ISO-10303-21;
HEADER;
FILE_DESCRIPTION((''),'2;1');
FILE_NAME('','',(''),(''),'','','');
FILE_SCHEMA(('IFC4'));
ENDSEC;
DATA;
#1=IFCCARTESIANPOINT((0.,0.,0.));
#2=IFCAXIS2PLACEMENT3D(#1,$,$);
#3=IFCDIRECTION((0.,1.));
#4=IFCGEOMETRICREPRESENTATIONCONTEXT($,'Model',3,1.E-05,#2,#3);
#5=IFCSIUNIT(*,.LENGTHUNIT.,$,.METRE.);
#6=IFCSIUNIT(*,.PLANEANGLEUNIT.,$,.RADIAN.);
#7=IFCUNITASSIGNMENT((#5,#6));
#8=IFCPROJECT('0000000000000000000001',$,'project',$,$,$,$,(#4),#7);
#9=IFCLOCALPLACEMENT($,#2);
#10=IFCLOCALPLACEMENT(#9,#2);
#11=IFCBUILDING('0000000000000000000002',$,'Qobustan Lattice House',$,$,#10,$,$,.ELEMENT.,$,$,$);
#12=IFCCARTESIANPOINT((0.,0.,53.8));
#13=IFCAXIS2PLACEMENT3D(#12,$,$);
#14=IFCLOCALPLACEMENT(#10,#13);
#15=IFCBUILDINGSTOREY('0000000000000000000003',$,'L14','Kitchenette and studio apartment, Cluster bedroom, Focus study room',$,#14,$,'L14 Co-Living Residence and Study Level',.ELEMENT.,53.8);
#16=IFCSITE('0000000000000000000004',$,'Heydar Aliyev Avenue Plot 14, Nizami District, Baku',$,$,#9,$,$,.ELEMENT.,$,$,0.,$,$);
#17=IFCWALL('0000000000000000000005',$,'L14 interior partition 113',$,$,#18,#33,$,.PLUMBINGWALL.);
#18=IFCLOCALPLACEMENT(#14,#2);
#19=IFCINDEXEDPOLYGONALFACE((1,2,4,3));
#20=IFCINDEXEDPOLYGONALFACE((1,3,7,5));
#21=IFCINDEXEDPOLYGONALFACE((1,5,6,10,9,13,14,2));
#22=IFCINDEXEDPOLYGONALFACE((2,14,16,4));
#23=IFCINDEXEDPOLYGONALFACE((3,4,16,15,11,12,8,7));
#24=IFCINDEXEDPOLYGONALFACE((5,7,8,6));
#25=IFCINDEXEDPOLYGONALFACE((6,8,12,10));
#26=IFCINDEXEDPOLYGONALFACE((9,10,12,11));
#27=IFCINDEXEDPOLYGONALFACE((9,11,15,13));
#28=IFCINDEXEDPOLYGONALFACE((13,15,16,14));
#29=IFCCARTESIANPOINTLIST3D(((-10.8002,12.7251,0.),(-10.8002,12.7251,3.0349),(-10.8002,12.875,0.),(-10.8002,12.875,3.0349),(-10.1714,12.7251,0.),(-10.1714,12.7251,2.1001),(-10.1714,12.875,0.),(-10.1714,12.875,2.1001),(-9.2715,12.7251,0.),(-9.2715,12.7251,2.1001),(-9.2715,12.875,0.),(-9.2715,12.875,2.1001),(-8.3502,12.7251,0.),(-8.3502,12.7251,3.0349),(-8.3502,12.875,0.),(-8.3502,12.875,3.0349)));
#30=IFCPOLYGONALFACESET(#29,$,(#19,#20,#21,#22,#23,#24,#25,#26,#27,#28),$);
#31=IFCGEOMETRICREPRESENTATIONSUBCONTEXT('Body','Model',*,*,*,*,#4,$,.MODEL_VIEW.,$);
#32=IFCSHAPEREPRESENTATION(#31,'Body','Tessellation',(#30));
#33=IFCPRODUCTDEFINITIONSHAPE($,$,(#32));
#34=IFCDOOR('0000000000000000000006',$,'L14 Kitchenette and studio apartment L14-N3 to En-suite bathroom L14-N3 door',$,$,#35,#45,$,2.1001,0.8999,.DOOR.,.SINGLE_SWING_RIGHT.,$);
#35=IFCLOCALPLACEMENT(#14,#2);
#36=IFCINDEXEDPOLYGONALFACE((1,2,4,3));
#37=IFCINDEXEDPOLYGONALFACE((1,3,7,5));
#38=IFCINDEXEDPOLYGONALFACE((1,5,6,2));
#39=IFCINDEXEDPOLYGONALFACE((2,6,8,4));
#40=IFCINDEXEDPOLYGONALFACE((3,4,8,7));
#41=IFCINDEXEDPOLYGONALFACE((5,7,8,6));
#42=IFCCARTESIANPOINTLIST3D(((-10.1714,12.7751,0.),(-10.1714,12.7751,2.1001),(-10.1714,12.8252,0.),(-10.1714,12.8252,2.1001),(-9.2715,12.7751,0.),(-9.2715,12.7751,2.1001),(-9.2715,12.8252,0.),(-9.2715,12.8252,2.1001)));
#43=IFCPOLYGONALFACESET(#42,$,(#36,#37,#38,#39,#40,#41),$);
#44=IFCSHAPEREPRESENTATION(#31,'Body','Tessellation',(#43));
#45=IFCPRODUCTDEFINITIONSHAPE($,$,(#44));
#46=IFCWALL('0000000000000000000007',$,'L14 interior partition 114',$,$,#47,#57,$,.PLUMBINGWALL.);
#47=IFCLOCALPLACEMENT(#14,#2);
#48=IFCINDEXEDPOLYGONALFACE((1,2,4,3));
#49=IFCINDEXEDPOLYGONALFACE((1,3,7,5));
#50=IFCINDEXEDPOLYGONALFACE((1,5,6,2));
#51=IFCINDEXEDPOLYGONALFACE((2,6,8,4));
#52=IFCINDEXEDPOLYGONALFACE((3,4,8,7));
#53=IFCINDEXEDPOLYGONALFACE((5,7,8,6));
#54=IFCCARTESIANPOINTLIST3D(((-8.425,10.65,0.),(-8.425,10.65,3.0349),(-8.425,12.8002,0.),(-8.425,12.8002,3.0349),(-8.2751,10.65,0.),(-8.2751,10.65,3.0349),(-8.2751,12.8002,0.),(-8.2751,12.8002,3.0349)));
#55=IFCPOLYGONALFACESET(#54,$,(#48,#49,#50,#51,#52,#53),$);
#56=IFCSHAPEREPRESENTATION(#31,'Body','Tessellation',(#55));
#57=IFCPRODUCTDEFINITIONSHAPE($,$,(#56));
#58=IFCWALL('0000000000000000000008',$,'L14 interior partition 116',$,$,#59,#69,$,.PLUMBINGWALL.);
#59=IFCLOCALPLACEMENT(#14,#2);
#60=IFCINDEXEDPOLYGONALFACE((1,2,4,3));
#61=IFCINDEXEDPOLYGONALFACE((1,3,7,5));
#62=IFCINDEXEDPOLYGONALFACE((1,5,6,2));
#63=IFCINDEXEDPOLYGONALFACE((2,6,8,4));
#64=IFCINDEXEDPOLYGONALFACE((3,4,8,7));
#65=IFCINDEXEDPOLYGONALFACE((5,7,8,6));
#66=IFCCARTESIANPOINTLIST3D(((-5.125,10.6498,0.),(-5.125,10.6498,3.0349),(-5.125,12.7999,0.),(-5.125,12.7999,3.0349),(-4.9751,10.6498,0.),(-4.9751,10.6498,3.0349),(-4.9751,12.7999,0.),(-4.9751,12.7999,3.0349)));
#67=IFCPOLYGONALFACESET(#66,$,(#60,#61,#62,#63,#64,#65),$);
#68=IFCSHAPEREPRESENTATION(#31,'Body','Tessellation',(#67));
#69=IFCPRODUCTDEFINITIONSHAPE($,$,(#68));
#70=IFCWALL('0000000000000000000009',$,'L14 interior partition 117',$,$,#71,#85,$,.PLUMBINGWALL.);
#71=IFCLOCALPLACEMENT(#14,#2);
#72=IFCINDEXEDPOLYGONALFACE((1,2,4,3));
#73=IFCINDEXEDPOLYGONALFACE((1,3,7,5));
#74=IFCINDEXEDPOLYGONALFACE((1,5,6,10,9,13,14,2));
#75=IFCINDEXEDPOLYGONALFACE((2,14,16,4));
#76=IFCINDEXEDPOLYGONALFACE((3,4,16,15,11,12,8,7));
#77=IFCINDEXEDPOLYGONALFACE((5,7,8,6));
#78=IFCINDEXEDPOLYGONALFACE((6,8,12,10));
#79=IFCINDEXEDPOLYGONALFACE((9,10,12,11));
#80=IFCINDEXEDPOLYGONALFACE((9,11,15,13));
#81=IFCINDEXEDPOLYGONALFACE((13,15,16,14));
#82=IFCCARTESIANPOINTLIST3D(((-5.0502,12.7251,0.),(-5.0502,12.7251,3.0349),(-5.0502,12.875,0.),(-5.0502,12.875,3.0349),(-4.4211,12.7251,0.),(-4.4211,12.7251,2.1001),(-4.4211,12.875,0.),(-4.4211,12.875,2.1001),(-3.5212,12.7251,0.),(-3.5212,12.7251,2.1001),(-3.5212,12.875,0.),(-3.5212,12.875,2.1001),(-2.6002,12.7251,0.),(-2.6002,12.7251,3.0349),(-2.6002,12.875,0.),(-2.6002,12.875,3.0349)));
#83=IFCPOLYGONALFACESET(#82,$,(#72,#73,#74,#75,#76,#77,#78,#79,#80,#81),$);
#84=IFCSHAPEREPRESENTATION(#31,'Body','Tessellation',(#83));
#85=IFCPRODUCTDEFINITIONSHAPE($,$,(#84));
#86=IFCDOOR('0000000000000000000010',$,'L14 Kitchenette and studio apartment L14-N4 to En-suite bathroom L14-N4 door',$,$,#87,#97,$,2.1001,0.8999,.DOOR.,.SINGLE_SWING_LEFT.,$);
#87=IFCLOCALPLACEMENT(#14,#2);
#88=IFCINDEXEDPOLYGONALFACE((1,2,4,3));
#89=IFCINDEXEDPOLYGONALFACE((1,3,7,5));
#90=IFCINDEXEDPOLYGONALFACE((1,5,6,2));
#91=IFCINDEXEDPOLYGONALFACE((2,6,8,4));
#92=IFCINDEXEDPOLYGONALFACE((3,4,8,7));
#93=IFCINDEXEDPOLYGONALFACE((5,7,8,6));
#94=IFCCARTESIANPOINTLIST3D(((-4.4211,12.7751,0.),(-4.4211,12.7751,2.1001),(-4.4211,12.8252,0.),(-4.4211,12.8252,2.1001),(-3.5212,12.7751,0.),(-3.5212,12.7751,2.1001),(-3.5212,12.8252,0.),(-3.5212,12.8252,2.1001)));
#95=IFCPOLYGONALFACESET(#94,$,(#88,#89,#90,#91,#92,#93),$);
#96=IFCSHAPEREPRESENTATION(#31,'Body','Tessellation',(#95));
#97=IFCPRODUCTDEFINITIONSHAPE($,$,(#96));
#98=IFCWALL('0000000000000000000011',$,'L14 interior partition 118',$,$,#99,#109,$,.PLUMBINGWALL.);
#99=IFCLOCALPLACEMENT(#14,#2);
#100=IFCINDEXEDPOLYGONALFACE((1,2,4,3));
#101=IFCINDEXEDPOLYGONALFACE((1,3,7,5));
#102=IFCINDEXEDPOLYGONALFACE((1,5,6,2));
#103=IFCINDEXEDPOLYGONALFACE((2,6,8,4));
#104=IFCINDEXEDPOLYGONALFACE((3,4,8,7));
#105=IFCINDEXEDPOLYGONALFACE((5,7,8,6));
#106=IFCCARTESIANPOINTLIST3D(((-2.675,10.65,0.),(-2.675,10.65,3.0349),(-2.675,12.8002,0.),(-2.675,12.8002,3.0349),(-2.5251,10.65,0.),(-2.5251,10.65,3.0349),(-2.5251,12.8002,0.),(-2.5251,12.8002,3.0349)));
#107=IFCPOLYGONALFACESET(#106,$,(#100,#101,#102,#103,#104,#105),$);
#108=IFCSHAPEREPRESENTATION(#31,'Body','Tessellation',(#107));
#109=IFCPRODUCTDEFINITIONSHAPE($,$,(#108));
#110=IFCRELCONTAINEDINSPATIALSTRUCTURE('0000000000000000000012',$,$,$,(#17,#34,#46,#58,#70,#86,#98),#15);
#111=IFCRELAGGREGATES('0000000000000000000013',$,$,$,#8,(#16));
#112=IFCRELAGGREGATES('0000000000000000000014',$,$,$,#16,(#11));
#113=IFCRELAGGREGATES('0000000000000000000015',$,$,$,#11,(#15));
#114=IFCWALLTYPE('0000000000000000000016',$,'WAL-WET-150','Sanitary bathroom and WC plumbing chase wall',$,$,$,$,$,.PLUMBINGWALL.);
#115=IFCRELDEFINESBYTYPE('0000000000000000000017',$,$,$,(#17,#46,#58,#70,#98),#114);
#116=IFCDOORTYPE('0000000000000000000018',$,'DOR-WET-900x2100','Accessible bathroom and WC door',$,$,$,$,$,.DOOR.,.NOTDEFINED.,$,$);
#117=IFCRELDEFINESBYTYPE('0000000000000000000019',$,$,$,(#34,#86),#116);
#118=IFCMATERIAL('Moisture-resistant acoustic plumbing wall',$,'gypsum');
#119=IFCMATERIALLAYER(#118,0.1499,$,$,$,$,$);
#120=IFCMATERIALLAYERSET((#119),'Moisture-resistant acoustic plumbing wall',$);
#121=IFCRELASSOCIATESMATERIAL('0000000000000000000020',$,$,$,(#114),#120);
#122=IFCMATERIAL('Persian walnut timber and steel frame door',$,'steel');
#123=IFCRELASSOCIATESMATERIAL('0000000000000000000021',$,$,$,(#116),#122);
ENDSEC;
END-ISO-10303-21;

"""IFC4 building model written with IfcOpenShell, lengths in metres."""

from ifc_helpers import new_model, si_unit, direction, frame, frame_2d, origin, place, context, subcontext, project, spatial, rectangle, extrude, material, layer, layer_set, type_object, element, fill, save


model = new_model("IFC4")

# Units and contexts
model_context = context("Model", 3, precision=1e-05, world=origin(), true_north=direction((0.0, 1.0)))
body_context = subcontext(model_context, "Body", "Model", "MODEL_VIEW")
ifc_project = project(units=[si_unit("LENGTHUNIT", "METRE"), si_unit("PLANEANGLEUNIT", "RADIAN")], contexts=[model_context])

# Site, building, storey
site_placement = place(None, origin())
site = spatial("IfcSite", under=ifc_project, at=site_placement, Name="Heydar Aliyev Avenue Plot 14, Nizami District, Baku", CompositionType="ELEMENT", RefElevation=0.0)
building_placement = place(site_placement, origin())
building = spatial("IfcBuilding", under=site, at=building_placement, Name="Qobustan Lattice House", CompositionType="ELEMENT")
storey_placement = place(building_placement, frame((0.0, 0.0, 53.8)))
storey = spatial("IfcBuildingStorey", under=building, at=storey_placement, Name="L14", Description="Kitchenette and studio apartment, Cluster bedroom, Focus study room", LongName="L14 Co-Living Residence and Study Level", CompositionType="ELEMENT", Elevation=53.8)

# Shared definitions
ifc_material_1 = material(Name="Moisture-resistant acoustic plumbing wall", Category="gypsum")
ifc_layer_1 = layer(ifc_material_1, 0.1499)
ifc_layer_set_1 = layer_set([ifc_layer_1], Name="Moisture-resistant acoustic plumbing wall")
wall_type_1 = type_object("IfcWallType", Name="WAL-WET-150", Description="Sanitary bathroom and WC plumbing chase wall", PredefinedType="PLUMBINGWALL", material=ifc_layer_set_1)

# Wall, opening, door
wall_1_placement = place(storey_placement, frame((-8.3501, 12.8, 0.0), z_axis=(0.0, 0.0, 1.0), x_axis=(-1.0, 0.0, 0.0)))
wall_1 = element("IfcWall", 1, at=wall_1_placement, inside=storey, type_object=wall_type_1, Name="L14 interior partition 113", PredefinedType="PLUMBINGWALL", context=body_context, shape_type="SweptSolid", body=[
    extrude(rectangle(XDim=2.45, YDim=0.1499, at=frame_2d((1.2251, 0.0))), origin(), (0.0, 0.0, 1.0), 3.0349),
])
opening_1_placement = place(wall_1_placement, frame((0.9214, 0.0, 0.0)))
opening_1 = element("IfcOpeningElement", 2, at=opening_1_placement, cuts=wall_1, PredefinedType="OPENING", context=body_context, shape_type="SweptSolid", body=[
    extrude(rectangle(XDim=0.8999, YDim=2.1001, at=frame_2d((0.45, 1.05))), frame((0.0, 0.085, 0.0), z_axis=(0.0, -1.0, 0.0), x_axis=(1.0, 0.0, 0.0)), (0.0, 0.0, 1.0), 0.1699),
])
ifc_material_2 = material(Name="Persian walnut timber and steel frame door", Category="steel")
door_type_1 = type_object("IfcDoorType", Name="DOR-WET-900x2100", Description="Accessible bathroom and WC door", OperationType="NOTDEFINED", PredefinedType="DOOR", material=ifc_material_2)
door_1_placement = place(opening_1_placement, origin())
door_1 = element("IfcDoor", 3, at=door_1_placement, inside=storey, type_object=door_type_1, Name="L14 Kitchenette and studio apartment L14-N3 to En-suite bathroom L14-N3 door", OperationType="SINGLE_SWING_RIGHT", OverallHeight=2.1001, OverallWidth=0.8999, PredefinedType="DOOR", context=body_context, shape_type="SweptSolid", body=[
    extrude(rectangle(XDim=0.8999, YDim=2.1001, at=frame_2d((0.45, 1.05))), frame((0.0, 0.0249, 0.0), z_axis=(0.0, -1.0, 0.0), x_axis=(1.0, 0.0, 0.0)), (0.0, 0.0, 1.0), 0.05),
])
fill(opening_1, door_1)

# Walls
for number, where, z_axis, x_axis, name in (
    (4, (-8.3501, 10.6499, 0.0), (0.0, 0.0, 1.0), (0.0, 1.0, 0.0), "L14 interior partition 114"),
    (5, (-5.05, 12.8, 0.0), (0.0, 0.0, 1.0), (0.0, -1.0, 0.0), "L14 interior partition 116"),
):
    element("IfcWall", number, at=place(storey_placement, frame(where, z_axis=z_axis, x_axis=x_axis)), inside=storey, type_object=wall_type_1, Name=name, PredefinedType="PLUMBINGWALL", context=body_context, shape_type="SweptSolid", body=[
        extrude(rectangle(XDim=2.1501, YDim=0.1499, at=frame_2d((1.0752, 0.0))), origin(), (0.0, 0.0, 1.0), 3.0349),
    ])

# Wall, opening, door
wall_2_placement = place(storey_placement, frame((-2.6001, 12.8, 0.0), z_axis=(0.0, 0.0, 1.0), x_axis=(-1.0, 0.0, 0.0)))
wall_2 = element("IfcWall", 6, at=wall_2_placement, inside=storey, type_object=wall_type_1, Name="L14 interior partition 117", PredefinedType="PLUMBINGWALL", context=body_context, shape_type="SweptSolid", body=[
    extrude(rectangle(XDim=2.45, YDim=0.1499, at=frame_2d((1.2251, 0.0))), origin(), (0.0, 0.0, 1.0), 3.0349),
])
opening_2_placement = place(wall_2_placement, frame((0.9211, 0.0, 0.0)))
opening_2 = element("IfcOpeningElement", 7, at=opening_2_placement, cuts=wall_2, PredefinedType="OPENING", context=body_context, shape_type="SweptSolid", body=[
    extrude(rectangle(XDim=0.8999, YDim=2.1001, at=frame_2d((0.45, 1.05))), frame((0.0, 0.085, 0.0), z_axis=(0.0, -1.0, 0.0), x_axis=(1.0, 0.0, 0.0)), (0.0, 0.0, 1.0), 0.1699),
])
door_2_placement = place(opening_2_placement, origin())
door_2 = element("IfcDoor", 8, at=door_2_placement, inside=storey, type_object=door_type_1, Name="L14 Kitchenette and studio apartment L14-N4 to En-suite bathroom L14-N4 door", OperationType="SINGLE_SWING_LEFT", OverallHeight=2.1001, OverallWidth=0.8999, PredefinedType="DOOR", context=body_context, shape_type="SweptSolid", body=[
    extrude(rectangle(XDim=0.8999, YDim=2.1001, at=frame_2d((0.45, 1.05))), frame((0.0, 0.0249, 0.0), z_axis=(0.0, -1.0, 0.0), x_axis=(1.0, 0.0, 0.0)), (0.0, 0.0, 1.0), 0.05),
])
fill(opening_2, door_2)

# Wall
wall_3_placement = place(storey_placement, frame((-2.6001, 10.6499, 0.0), z_axis=(0.0, 0.0, 1.0), x_axis=(0.0, 1.0, 0.0)))
element("IfcWall", 9, at=wall_3_placement, inside=storey, type_object=wall_type_1, Name="L14 interior partition 118", PredefinedType="PLUMBINGWALL", context=body_context, shape_type="SweptSolid", body=[
    extrude(rectangle(XDim=2.1501, YDim=0.1499, at=frame_2d((1.0752, 0.0))), origin(), (0.0, 0.0, 1.0), 3.0349),
])

save(model, "model.ifc")
